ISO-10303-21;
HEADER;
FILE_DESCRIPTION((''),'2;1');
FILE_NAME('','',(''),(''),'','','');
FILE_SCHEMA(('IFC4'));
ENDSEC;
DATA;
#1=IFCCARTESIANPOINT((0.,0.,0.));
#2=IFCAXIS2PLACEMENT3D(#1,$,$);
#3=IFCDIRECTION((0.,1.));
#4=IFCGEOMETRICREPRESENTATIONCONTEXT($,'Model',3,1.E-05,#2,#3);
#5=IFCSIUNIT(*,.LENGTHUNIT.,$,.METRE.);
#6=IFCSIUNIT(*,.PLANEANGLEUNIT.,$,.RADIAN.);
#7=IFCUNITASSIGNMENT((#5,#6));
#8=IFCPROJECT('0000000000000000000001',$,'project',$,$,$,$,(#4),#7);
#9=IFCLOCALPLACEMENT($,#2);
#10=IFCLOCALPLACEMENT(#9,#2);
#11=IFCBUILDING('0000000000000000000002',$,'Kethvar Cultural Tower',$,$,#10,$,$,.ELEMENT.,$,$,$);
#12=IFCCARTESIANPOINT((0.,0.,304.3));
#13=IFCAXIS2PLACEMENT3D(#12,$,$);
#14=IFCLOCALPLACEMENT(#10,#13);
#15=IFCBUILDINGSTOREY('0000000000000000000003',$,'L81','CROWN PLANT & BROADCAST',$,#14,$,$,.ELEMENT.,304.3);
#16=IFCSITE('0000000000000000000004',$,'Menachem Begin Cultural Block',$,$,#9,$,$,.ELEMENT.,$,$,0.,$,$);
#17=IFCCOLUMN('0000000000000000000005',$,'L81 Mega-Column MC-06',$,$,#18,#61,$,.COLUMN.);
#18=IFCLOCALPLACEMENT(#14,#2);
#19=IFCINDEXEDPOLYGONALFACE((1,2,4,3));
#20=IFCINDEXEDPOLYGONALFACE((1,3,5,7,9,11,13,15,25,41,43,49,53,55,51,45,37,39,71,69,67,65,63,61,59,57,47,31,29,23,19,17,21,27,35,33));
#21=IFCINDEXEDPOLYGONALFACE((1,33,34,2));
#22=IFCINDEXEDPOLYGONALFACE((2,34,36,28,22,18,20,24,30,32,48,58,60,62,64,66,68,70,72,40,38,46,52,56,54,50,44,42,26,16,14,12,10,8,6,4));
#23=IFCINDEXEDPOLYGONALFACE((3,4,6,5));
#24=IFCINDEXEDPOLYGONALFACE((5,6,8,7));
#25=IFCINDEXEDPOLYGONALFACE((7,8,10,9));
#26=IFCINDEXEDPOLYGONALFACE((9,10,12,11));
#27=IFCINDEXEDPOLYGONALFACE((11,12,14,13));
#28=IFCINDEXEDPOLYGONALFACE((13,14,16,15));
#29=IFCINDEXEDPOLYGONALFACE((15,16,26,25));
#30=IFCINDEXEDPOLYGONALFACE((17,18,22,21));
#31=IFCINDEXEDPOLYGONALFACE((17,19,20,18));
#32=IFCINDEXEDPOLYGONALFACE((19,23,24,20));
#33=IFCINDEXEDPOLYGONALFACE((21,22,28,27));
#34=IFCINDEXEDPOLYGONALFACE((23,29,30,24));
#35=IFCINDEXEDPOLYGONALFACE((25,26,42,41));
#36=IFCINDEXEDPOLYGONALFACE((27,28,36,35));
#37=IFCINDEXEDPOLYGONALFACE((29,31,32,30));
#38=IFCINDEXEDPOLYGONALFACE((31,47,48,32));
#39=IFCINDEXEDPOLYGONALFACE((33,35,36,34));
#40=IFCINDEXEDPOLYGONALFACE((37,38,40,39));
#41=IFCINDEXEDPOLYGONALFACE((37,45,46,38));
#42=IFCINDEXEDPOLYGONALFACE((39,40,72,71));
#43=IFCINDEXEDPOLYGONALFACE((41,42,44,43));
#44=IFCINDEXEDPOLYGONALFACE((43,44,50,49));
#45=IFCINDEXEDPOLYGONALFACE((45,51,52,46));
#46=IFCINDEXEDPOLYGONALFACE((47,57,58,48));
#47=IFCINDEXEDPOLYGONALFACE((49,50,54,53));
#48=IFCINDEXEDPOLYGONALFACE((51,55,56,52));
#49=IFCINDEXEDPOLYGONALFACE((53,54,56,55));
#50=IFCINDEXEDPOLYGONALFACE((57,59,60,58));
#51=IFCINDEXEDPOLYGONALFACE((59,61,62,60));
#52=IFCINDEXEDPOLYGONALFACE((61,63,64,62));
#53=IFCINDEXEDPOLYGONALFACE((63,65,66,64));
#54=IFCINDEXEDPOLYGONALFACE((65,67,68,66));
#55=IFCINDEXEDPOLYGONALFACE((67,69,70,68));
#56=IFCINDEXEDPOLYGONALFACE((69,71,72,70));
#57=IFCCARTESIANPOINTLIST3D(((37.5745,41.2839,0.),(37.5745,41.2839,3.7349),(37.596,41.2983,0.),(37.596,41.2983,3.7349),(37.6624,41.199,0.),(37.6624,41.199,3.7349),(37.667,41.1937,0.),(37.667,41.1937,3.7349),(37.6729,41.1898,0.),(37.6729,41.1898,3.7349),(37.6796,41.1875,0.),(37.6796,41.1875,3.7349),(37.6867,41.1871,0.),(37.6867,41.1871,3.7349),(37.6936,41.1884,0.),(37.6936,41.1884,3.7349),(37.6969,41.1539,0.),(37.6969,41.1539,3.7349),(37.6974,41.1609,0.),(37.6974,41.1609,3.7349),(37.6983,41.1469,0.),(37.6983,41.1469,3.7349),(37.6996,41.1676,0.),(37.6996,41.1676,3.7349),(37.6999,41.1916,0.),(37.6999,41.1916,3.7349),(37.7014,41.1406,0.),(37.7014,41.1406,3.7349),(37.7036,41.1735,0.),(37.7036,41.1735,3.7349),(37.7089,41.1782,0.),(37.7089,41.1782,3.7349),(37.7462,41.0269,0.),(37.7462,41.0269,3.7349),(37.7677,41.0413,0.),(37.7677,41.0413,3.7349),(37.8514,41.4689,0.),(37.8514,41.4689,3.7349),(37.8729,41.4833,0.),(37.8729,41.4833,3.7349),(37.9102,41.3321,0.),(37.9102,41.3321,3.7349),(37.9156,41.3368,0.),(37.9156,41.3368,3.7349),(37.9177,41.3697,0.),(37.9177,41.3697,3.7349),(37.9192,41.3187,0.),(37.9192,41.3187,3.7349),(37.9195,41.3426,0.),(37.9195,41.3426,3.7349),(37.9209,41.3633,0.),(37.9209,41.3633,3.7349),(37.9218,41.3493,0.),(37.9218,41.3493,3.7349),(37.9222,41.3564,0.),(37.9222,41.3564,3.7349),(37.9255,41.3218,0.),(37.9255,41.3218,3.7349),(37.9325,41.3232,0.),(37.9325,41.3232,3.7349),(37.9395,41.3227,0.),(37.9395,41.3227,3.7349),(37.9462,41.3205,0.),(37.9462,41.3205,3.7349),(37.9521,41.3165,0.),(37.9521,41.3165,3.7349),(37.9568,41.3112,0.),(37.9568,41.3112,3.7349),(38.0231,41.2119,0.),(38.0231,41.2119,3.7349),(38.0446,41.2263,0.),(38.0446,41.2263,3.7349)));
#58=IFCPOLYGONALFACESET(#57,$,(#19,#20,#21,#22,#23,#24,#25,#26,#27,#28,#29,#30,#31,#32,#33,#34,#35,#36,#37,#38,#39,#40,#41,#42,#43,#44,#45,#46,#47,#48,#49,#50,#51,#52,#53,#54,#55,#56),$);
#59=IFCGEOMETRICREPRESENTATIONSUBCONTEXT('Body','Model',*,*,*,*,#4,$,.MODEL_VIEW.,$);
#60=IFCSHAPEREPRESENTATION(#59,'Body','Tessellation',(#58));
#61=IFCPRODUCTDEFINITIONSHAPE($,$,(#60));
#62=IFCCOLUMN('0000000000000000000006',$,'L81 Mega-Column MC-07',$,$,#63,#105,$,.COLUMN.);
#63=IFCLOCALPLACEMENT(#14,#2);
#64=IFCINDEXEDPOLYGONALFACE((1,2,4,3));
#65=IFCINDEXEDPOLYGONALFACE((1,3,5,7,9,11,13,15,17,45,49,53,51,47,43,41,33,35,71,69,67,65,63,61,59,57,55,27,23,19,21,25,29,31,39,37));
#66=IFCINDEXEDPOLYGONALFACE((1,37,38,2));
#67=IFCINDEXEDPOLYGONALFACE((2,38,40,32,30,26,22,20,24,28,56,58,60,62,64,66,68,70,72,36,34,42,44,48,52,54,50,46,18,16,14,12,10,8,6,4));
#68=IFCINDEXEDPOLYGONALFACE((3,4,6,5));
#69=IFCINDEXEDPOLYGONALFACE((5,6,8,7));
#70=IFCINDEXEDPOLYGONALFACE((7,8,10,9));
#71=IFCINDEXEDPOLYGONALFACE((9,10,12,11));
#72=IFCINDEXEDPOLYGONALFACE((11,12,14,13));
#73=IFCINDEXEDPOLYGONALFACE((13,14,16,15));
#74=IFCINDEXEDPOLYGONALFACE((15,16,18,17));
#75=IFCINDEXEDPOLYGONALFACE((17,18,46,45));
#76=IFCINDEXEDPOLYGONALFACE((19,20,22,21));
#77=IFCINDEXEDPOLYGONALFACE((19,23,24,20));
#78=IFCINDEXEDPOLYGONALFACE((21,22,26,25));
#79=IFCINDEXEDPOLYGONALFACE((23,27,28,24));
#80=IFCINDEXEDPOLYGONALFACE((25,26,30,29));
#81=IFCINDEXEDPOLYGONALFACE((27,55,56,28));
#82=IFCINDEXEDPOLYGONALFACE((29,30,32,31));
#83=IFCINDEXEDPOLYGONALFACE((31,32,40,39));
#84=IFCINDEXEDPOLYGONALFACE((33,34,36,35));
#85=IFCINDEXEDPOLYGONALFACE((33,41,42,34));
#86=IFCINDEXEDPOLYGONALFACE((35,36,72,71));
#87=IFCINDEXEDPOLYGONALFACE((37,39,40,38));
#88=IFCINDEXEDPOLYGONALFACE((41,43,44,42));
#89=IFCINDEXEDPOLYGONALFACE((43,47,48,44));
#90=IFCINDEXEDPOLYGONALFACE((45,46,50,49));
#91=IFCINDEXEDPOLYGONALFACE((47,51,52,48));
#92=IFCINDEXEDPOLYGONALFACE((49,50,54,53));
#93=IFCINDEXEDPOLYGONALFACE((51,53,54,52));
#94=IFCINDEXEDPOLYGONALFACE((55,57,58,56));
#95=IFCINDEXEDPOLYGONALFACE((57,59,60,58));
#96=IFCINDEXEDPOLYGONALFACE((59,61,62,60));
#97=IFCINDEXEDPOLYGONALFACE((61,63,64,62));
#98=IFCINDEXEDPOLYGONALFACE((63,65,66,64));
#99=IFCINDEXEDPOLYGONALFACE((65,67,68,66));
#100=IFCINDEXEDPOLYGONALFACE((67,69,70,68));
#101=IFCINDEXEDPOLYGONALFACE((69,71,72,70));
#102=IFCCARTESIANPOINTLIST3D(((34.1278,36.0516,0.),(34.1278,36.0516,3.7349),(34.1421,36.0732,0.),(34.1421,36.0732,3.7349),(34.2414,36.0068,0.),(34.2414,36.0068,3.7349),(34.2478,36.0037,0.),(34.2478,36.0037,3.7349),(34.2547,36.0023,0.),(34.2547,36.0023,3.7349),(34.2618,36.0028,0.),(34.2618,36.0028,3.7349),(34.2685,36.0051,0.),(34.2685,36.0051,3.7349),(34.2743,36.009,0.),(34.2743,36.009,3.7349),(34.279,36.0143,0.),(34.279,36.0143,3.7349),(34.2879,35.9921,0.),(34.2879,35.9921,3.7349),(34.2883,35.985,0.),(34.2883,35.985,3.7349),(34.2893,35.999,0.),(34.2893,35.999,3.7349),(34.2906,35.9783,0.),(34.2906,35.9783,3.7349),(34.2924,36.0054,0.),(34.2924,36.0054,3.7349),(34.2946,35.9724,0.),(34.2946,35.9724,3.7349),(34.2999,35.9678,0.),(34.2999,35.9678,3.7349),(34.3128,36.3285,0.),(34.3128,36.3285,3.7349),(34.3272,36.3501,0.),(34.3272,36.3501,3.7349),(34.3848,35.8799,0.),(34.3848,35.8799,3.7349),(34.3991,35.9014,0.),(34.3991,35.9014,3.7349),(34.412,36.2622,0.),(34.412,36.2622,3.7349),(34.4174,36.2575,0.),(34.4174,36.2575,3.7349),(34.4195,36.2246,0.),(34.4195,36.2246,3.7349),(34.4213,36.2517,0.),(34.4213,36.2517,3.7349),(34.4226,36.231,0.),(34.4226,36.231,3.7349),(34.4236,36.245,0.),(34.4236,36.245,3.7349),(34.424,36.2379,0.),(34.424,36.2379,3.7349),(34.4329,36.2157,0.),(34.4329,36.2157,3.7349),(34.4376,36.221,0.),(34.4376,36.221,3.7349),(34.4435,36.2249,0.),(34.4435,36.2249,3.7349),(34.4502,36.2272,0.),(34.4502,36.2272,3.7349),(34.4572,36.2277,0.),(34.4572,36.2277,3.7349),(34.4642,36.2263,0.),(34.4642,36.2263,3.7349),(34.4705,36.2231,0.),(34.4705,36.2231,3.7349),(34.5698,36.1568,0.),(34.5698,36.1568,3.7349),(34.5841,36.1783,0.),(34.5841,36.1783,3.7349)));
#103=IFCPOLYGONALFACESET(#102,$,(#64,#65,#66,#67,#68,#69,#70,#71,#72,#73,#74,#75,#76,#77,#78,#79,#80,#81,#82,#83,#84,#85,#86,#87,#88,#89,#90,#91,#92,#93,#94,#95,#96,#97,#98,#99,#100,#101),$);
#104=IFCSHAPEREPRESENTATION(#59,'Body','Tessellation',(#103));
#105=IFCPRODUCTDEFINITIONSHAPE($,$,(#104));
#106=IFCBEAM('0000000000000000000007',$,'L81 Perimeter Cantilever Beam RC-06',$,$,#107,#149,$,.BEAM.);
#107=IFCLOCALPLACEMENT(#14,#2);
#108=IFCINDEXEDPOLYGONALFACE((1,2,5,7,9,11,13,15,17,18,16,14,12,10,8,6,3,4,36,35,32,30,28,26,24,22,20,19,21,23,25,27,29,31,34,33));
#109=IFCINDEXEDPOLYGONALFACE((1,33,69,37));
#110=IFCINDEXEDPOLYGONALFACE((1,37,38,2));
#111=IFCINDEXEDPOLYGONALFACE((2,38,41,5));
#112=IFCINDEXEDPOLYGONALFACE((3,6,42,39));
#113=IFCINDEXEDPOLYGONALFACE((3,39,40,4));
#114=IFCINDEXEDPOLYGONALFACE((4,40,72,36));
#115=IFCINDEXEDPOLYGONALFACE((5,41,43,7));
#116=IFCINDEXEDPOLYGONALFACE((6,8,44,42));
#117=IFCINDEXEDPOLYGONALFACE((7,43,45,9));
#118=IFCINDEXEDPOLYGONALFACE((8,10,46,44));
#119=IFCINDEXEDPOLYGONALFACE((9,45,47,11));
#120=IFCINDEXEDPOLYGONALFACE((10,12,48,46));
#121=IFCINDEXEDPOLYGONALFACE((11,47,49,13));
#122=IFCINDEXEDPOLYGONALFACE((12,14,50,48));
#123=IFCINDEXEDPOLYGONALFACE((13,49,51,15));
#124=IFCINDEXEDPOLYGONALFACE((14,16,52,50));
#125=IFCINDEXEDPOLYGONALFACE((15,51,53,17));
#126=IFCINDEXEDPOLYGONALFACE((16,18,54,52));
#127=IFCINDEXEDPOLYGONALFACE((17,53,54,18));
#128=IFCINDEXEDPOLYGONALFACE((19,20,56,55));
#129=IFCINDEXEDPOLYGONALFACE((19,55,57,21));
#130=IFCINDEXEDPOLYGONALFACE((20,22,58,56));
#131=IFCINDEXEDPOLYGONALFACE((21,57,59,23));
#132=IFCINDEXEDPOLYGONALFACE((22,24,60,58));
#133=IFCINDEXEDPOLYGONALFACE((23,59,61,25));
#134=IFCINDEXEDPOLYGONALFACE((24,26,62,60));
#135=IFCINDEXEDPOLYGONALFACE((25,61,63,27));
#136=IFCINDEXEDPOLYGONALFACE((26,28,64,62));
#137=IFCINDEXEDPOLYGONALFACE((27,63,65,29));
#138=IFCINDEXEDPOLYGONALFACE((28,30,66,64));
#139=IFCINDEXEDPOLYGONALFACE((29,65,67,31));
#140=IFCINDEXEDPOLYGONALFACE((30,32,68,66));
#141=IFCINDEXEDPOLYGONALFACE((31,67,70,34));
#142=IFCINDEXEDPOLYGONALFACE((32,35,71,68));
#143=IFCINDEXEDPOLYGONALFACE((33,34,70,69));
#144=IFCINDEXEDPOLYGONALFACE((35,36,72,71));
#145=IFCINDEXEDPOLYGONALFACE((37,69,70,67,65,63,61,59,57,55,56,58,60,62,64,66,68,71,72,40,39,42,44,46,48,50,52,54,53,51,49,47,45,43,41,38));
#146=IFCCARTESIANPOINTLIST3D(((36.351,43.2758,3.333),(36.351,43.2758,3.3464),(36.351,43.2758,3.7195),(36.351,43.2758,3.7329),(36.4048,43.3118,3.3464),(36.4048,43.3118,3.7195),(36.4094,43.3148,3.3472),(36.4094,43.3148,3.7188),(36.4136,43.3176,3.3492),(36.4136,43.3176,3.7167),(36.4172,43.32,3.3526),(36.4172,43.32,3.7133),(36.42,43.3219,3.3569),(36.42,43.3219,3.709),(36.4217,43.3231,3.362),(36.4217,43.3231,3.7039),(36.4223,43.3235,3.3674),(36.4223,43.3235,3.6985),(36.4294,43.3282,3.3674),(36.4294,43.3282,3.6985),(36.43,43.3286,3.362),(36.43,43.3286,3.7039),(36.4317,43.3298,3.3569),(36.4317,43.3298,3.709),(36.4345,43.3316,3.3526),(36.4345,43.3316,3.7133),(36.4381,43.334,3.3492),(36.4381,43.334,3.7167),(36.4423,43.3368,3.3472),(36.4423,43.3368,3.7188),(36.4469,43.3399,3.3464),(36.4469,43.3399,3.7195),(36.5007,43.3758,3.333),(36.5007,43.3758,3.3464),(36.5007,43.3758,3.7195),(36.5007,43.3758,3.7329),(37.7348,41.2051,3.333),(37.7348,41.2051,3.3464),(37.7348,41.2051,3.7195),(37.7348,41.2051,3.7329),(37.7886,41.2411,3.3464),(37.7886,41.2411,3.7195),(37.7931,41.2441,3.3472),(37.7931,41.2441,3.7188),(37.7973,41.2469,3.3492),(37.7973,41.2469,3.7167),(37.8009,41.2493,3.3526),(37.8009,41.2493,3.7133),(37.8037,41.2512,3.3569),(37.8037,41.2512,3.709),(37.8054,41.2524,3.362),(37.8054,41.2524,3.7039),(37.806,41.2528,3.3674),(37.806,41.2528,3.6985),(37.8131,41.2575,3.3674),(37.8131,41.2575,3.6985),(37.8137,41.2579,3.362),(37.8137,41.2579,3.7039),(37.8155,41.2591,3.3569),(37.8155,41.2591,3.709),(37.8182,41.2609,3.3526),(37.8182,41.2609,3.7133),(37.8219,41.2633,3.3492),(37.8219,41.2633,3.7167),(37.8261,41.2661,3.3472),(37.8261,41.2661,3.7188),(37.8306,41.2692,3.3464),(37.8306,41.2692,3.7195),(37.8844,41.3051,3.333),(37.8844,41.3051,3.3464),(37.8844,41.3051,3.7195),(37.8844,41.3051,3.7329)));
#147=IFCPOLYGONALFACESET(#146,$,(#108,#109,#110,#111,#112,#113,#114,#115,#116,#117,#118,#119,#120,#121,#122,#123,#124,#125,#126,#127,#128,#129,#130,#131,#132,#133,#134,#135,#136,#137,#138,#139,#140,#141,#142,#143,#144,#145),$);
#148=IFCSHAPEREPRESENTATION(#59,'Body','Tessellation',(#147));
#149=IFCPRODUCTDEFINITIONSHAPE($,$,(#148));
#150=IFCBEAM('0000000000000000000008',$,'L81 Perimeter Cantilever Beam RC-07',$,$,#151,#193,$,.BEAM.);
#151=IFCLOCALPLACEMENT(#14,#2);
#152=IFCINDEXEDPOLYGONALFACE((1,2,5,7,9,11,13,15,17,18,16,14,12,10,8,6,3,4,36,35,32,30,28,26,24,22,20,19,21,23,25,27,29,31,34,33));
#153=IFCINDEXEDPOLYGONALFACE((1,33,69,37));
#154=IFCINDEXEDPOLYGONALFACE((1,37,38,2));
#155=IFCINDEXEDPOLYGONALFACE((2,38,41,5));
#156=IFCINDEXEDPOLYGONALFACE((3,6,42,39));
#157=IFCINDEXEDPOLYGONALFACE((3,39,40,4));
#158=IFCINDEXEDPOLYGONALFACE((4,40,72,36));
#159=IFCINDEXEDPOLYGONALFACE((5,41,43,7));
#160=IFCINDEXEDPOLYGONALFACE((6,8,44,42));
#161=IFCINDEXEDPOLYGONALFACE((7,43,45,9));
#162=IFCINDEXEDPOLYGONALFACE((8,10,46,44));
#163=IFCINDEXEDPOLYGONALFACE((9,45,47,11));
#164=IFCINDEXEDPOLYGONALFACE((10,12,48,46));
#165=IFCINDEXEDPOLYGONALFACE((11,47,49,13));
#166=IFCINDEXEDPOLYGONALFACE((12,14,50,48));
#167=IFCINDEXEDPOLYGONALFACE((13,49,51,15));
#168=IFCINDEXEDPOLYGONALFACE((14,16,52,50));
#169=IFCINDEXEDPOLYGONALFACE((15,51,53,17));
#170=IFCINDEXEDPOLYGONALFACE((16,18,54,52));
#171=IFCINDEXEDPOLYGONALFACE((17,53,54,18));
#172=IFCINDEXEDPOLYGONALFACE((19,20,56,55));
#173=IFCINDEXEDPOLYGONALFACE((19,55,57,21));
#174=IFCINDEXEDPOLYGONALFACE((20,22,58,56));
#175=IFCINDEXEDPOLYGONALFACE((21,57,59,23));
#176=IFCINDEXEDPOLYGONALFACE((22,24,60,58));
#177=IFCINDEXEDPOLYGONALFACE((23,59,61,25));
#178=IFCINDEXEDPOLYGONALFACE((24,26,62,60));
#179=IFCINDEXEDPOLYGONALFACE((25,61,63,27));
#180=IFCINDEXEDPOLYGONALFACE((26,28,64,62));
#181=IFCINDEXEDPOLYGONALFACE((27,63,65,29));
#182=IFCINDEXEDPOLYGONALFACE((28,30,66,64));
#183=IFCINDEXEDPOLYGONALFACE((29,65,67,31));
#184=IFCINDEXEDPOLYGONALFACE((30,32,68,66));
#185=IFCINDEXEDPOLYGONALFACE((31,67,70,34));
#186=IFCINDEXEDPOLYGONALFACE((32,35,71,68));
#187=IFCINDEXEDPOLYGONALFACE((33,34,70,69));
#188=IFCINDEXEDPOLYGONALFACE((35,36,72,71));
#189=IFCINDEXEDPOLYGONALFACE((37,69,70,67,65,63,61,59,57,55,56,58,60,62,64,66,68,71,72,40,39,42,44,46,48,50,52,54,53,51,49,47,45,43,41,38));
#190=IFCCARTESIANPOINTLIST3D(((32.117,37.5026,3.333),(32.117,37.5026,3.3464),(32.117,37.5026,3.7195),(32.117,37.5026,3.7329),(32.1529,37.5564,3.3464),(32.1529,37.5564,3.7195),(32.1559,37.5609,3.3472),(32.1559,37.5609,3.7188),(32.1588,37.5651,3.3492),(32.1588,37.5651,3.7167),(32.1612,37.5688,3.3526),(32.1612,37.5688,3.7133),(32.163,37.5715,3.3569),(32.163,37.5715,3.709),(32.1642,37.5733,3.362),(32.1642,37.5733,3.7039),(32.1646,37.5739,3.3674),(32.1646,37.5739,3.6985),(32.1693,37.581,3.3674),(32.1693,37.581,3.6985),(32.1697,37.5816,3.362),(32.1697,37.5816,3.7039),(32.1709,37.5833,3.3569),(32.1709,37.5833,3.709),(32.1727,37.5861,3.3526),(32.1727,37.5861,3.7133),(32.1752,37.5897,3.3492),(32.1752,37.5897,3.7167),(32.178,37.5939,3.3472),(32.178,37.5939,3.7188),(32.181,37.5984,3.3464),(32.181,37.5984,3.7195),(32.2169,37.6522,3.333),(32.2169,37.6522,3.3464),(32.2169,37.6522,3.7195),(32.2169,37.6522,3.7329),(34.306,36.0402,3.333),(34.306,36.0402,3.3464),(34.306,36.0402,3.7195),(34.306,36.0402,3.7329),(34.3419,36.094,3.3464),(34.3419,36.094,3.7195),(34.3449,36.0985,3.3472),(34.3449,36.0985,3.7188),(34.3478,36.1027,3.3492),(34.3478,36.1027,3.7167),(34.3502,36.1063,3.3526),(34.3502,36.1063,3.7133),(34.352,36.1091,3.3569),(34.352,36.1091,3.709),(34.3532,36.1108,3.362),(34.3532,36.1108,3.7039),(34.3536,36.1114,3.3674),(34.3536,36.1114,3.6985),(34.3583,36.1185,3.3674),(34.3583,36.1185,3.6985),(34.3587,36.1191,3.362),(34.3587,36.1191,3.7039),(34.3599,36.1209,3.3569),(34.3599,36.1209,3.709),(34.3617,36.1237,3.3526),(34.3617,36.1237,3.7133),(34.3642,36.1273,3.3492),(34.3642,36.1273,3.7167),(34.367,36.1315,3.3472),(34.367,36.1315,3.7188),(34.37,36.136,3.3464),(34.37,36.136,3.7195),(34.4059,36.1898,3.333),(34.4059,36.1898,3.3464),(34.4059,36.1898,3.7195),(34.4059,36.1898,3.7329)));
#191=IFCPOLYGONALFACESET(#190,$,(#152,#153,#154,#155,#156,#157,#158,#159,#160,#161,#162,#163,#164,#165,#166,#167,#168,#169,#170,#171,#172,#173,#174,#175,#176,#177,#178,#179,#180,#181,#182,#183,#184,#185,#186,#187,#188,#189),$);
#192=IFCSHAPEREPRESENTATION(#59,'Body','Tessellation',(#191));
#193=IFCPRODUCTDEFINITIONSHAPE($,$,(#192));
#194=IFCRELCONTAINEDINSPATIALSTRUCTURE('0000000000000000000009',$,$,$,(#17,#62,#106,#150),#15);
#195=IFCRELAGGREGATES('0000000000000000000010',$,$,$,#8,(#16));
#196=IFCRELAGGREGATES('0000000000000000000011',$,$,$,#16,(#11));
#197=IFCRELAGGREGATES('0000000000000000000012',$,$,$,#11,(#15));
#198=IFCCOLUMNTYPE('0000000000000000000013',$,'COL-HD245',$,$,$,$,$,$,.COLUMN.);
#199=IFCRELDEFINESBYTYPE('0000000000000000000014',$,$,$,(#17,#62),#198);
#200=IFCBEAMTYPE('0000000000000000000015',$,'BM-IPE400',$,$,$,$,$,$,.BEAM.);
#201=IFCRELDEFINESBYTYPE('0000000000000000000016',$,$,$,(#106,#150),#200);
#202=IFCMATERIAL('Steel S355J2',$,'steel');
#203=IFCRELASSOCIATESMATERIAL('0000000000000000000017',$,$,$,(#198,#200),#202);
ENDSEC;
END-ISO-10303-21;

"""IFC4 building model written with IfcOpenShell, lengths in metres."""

from ifc_helpers import new_model, si_unit, direction, frame, origin, origin_2d, place, context, subcontext, project, spatial, i_section, extrude, source, transform, mapped, material, material_profile, profile_set, type_object, element, save


model = new_model("IFC4")

# Units and contexts
model_context = context("Model", 3, precision=1e-05, world=origin(), true_north=direction((0.0, 1.0)))
body_context = subcontext(model_context, "Body", "Model", "MODEL_VIEW")
ifc_project = project(units=[si_unit("LENGTHUNIT", "METRE"), si_unit("PLANEANGLEUNIT", "RADIAN")], contexts=[model_context])

# Site, building, storey
site_placement = place(None, origin())
site = spatial("IfcSite", under=ifc_project, at=site_placement, Name="Menachem Begin Cultural Block", CompositionType="ELEMENT", RefElevation=0.0)
building_placement = place(site_placement, origin())
building = spatial("IfcBuilding", under=site, at=building_placement, Name="Kethvar Cultural Tower", CompositionType="ELEMENT")
storey_placement = place(building_placement, frame((0.0, 0.0, 304.3)))
storey = spatial("IfcBuildingStorey", under=building, at=storey_placement, Name="L81", Description="CROWN PLANT & BROADCAST", CompositionType="ELEMENT", Elevation=304.3)

# Columns
ifc_material_1 = material(Name="Steel S355J2", Category="steel")
ifc_material_profile_1 = material_profile(ifc_material_1, i_section(OverallWidth=0.3091, OverallDepth=0.3589, WebThickness=0.0161, FlangeThickness=0.0259, FilletRadius=0.0271, at=origin_2d()), Name="Steel S355J2 — HD320x245")
ifc_profile_set_1 = profile_set([ifc_material_profile_1], Name="Steel S355J2 — HD320x245")
column_type = type_object("IfcColumnType", Name="COL-HD245", PredefinedType="COLUMN", material=ifc_profile_set_1)
shared_shape_1 = source(origin(), body_context, "Body", "SweptSolid", [
    extrude(i_section(OverallWidth=0.3091, OverallDepth=0.3589, WebThickness=0.0161, FlangeThickness=0.0259, FilletRadius=0.0271, at=origin_2d()), origin(), (0.0, 0.0, 1.0), 3.7349),
])
for number, where, z_axis, x_axis, name in (
    (1, (37.8096, 41.2551, 0.0), (0.0, 0.0, 1.0), (-0.55557, 0.83147, 0.0), "L81 Mega-Column MC-06"),
    (2, (34.356, 36.115, 0.0), (0.0, 0.0, 1.0), (-0.83147, 0.55557, 0.0), "L81 Mega-Column MC-07"),
):
    element("IfcColumn", number, at=place(storey_placement, frame(where, z_axis=z_axis, x_axis=x_axis)), inside=storey, type_object=column_type, Name=name, PredefinedType="COLUMN", context=body_context, shape_type="MappedRepresentation", body=[
        mapped(shared_shape_1, transform((0.0, 0.0, 0.0), scale=1.0)),
    ])

# Beams
ifc_material_profile_2 = material_profile(ifc_material_1, i_section(OverallWidth=0.1799, OverallDepth=0.3999, WebThickness=0.0085, FlangeThickness=0.0134, FilletRadius=0.021, at=origin_2d()), Name="Steel S355J2 — IPE400")
ifc_profile_set_2 = profile_set([ifc_material_profile_2], Name="Steel S355J2 — IPE400")
beam_type_1 = type_object("IfcBeamType", Name="BM-IPE400", PredefinedType="BEAM", material=ifc_profile_set_2)
shared_shape_2 = source(origin(), body_context, "Body", "SweptSolid", [
    extrude(i_section(OverallWidth=0.1799, OverallDepth=0.3999, WebThickness=0.0085, FlangeThickness=0.0134, FilletRadius=0.021, at=origin_2d()), origin(), (0.0, 0.0, 1.0), 2.4905),
])
beam_1_placement = place(storey_placement, frame((37.8096, 41.2551, 3.533), z_axis=(-0.555605, 0.831447, 0.0), x_axis=(-0.831447, -0.555605, 0.0)))
element("IfcBeam", 3, at=beam_1_placement, inside=storey, type_object=beam_type_1, Name="L81 Perimeter Cantilever Beam RC-06", PredefinedType="BEAM", context=body_context, shape_type="MappedRepresentation", body=[
    mapped(shared_shape_2, transform((0.0, 0.0, 0.0), scale=1.0)),
])
shared_shape_3 = source(origin(), body_context, "Body", "SweptSolid", [
    extrude(i_section(OverallWidth=0.1799, OverallDepth=0.3999, WebThickness=0.0085, FlangeThickness=0.0134, FilletRadius=0.021, at=origin_2d()), origin(), (0.0, 0.0, 1.0), 2.6326),
])
beam_2_placement = place(storey_placement, frame((34.356, 36.115, 3.533), z_axis=(-0.831508, 0.555513, 0.0), x_axis=(-0.555513, -0.831508, 0.0)))
element("IfcBeam", 4, at=beam_2_placement, inside=storey, type_object=beam_type_1, Name="L81 Perimeter Cantilever Beam RC-07", PredefinedType="BEAM", context=body_context, shape_type="MappedRepresentation", body=[
    mapped(shared_shape_3, transform((0.0, 0.0, 0.0), scale=1.0)),
])

save(model, "model.ifc")
